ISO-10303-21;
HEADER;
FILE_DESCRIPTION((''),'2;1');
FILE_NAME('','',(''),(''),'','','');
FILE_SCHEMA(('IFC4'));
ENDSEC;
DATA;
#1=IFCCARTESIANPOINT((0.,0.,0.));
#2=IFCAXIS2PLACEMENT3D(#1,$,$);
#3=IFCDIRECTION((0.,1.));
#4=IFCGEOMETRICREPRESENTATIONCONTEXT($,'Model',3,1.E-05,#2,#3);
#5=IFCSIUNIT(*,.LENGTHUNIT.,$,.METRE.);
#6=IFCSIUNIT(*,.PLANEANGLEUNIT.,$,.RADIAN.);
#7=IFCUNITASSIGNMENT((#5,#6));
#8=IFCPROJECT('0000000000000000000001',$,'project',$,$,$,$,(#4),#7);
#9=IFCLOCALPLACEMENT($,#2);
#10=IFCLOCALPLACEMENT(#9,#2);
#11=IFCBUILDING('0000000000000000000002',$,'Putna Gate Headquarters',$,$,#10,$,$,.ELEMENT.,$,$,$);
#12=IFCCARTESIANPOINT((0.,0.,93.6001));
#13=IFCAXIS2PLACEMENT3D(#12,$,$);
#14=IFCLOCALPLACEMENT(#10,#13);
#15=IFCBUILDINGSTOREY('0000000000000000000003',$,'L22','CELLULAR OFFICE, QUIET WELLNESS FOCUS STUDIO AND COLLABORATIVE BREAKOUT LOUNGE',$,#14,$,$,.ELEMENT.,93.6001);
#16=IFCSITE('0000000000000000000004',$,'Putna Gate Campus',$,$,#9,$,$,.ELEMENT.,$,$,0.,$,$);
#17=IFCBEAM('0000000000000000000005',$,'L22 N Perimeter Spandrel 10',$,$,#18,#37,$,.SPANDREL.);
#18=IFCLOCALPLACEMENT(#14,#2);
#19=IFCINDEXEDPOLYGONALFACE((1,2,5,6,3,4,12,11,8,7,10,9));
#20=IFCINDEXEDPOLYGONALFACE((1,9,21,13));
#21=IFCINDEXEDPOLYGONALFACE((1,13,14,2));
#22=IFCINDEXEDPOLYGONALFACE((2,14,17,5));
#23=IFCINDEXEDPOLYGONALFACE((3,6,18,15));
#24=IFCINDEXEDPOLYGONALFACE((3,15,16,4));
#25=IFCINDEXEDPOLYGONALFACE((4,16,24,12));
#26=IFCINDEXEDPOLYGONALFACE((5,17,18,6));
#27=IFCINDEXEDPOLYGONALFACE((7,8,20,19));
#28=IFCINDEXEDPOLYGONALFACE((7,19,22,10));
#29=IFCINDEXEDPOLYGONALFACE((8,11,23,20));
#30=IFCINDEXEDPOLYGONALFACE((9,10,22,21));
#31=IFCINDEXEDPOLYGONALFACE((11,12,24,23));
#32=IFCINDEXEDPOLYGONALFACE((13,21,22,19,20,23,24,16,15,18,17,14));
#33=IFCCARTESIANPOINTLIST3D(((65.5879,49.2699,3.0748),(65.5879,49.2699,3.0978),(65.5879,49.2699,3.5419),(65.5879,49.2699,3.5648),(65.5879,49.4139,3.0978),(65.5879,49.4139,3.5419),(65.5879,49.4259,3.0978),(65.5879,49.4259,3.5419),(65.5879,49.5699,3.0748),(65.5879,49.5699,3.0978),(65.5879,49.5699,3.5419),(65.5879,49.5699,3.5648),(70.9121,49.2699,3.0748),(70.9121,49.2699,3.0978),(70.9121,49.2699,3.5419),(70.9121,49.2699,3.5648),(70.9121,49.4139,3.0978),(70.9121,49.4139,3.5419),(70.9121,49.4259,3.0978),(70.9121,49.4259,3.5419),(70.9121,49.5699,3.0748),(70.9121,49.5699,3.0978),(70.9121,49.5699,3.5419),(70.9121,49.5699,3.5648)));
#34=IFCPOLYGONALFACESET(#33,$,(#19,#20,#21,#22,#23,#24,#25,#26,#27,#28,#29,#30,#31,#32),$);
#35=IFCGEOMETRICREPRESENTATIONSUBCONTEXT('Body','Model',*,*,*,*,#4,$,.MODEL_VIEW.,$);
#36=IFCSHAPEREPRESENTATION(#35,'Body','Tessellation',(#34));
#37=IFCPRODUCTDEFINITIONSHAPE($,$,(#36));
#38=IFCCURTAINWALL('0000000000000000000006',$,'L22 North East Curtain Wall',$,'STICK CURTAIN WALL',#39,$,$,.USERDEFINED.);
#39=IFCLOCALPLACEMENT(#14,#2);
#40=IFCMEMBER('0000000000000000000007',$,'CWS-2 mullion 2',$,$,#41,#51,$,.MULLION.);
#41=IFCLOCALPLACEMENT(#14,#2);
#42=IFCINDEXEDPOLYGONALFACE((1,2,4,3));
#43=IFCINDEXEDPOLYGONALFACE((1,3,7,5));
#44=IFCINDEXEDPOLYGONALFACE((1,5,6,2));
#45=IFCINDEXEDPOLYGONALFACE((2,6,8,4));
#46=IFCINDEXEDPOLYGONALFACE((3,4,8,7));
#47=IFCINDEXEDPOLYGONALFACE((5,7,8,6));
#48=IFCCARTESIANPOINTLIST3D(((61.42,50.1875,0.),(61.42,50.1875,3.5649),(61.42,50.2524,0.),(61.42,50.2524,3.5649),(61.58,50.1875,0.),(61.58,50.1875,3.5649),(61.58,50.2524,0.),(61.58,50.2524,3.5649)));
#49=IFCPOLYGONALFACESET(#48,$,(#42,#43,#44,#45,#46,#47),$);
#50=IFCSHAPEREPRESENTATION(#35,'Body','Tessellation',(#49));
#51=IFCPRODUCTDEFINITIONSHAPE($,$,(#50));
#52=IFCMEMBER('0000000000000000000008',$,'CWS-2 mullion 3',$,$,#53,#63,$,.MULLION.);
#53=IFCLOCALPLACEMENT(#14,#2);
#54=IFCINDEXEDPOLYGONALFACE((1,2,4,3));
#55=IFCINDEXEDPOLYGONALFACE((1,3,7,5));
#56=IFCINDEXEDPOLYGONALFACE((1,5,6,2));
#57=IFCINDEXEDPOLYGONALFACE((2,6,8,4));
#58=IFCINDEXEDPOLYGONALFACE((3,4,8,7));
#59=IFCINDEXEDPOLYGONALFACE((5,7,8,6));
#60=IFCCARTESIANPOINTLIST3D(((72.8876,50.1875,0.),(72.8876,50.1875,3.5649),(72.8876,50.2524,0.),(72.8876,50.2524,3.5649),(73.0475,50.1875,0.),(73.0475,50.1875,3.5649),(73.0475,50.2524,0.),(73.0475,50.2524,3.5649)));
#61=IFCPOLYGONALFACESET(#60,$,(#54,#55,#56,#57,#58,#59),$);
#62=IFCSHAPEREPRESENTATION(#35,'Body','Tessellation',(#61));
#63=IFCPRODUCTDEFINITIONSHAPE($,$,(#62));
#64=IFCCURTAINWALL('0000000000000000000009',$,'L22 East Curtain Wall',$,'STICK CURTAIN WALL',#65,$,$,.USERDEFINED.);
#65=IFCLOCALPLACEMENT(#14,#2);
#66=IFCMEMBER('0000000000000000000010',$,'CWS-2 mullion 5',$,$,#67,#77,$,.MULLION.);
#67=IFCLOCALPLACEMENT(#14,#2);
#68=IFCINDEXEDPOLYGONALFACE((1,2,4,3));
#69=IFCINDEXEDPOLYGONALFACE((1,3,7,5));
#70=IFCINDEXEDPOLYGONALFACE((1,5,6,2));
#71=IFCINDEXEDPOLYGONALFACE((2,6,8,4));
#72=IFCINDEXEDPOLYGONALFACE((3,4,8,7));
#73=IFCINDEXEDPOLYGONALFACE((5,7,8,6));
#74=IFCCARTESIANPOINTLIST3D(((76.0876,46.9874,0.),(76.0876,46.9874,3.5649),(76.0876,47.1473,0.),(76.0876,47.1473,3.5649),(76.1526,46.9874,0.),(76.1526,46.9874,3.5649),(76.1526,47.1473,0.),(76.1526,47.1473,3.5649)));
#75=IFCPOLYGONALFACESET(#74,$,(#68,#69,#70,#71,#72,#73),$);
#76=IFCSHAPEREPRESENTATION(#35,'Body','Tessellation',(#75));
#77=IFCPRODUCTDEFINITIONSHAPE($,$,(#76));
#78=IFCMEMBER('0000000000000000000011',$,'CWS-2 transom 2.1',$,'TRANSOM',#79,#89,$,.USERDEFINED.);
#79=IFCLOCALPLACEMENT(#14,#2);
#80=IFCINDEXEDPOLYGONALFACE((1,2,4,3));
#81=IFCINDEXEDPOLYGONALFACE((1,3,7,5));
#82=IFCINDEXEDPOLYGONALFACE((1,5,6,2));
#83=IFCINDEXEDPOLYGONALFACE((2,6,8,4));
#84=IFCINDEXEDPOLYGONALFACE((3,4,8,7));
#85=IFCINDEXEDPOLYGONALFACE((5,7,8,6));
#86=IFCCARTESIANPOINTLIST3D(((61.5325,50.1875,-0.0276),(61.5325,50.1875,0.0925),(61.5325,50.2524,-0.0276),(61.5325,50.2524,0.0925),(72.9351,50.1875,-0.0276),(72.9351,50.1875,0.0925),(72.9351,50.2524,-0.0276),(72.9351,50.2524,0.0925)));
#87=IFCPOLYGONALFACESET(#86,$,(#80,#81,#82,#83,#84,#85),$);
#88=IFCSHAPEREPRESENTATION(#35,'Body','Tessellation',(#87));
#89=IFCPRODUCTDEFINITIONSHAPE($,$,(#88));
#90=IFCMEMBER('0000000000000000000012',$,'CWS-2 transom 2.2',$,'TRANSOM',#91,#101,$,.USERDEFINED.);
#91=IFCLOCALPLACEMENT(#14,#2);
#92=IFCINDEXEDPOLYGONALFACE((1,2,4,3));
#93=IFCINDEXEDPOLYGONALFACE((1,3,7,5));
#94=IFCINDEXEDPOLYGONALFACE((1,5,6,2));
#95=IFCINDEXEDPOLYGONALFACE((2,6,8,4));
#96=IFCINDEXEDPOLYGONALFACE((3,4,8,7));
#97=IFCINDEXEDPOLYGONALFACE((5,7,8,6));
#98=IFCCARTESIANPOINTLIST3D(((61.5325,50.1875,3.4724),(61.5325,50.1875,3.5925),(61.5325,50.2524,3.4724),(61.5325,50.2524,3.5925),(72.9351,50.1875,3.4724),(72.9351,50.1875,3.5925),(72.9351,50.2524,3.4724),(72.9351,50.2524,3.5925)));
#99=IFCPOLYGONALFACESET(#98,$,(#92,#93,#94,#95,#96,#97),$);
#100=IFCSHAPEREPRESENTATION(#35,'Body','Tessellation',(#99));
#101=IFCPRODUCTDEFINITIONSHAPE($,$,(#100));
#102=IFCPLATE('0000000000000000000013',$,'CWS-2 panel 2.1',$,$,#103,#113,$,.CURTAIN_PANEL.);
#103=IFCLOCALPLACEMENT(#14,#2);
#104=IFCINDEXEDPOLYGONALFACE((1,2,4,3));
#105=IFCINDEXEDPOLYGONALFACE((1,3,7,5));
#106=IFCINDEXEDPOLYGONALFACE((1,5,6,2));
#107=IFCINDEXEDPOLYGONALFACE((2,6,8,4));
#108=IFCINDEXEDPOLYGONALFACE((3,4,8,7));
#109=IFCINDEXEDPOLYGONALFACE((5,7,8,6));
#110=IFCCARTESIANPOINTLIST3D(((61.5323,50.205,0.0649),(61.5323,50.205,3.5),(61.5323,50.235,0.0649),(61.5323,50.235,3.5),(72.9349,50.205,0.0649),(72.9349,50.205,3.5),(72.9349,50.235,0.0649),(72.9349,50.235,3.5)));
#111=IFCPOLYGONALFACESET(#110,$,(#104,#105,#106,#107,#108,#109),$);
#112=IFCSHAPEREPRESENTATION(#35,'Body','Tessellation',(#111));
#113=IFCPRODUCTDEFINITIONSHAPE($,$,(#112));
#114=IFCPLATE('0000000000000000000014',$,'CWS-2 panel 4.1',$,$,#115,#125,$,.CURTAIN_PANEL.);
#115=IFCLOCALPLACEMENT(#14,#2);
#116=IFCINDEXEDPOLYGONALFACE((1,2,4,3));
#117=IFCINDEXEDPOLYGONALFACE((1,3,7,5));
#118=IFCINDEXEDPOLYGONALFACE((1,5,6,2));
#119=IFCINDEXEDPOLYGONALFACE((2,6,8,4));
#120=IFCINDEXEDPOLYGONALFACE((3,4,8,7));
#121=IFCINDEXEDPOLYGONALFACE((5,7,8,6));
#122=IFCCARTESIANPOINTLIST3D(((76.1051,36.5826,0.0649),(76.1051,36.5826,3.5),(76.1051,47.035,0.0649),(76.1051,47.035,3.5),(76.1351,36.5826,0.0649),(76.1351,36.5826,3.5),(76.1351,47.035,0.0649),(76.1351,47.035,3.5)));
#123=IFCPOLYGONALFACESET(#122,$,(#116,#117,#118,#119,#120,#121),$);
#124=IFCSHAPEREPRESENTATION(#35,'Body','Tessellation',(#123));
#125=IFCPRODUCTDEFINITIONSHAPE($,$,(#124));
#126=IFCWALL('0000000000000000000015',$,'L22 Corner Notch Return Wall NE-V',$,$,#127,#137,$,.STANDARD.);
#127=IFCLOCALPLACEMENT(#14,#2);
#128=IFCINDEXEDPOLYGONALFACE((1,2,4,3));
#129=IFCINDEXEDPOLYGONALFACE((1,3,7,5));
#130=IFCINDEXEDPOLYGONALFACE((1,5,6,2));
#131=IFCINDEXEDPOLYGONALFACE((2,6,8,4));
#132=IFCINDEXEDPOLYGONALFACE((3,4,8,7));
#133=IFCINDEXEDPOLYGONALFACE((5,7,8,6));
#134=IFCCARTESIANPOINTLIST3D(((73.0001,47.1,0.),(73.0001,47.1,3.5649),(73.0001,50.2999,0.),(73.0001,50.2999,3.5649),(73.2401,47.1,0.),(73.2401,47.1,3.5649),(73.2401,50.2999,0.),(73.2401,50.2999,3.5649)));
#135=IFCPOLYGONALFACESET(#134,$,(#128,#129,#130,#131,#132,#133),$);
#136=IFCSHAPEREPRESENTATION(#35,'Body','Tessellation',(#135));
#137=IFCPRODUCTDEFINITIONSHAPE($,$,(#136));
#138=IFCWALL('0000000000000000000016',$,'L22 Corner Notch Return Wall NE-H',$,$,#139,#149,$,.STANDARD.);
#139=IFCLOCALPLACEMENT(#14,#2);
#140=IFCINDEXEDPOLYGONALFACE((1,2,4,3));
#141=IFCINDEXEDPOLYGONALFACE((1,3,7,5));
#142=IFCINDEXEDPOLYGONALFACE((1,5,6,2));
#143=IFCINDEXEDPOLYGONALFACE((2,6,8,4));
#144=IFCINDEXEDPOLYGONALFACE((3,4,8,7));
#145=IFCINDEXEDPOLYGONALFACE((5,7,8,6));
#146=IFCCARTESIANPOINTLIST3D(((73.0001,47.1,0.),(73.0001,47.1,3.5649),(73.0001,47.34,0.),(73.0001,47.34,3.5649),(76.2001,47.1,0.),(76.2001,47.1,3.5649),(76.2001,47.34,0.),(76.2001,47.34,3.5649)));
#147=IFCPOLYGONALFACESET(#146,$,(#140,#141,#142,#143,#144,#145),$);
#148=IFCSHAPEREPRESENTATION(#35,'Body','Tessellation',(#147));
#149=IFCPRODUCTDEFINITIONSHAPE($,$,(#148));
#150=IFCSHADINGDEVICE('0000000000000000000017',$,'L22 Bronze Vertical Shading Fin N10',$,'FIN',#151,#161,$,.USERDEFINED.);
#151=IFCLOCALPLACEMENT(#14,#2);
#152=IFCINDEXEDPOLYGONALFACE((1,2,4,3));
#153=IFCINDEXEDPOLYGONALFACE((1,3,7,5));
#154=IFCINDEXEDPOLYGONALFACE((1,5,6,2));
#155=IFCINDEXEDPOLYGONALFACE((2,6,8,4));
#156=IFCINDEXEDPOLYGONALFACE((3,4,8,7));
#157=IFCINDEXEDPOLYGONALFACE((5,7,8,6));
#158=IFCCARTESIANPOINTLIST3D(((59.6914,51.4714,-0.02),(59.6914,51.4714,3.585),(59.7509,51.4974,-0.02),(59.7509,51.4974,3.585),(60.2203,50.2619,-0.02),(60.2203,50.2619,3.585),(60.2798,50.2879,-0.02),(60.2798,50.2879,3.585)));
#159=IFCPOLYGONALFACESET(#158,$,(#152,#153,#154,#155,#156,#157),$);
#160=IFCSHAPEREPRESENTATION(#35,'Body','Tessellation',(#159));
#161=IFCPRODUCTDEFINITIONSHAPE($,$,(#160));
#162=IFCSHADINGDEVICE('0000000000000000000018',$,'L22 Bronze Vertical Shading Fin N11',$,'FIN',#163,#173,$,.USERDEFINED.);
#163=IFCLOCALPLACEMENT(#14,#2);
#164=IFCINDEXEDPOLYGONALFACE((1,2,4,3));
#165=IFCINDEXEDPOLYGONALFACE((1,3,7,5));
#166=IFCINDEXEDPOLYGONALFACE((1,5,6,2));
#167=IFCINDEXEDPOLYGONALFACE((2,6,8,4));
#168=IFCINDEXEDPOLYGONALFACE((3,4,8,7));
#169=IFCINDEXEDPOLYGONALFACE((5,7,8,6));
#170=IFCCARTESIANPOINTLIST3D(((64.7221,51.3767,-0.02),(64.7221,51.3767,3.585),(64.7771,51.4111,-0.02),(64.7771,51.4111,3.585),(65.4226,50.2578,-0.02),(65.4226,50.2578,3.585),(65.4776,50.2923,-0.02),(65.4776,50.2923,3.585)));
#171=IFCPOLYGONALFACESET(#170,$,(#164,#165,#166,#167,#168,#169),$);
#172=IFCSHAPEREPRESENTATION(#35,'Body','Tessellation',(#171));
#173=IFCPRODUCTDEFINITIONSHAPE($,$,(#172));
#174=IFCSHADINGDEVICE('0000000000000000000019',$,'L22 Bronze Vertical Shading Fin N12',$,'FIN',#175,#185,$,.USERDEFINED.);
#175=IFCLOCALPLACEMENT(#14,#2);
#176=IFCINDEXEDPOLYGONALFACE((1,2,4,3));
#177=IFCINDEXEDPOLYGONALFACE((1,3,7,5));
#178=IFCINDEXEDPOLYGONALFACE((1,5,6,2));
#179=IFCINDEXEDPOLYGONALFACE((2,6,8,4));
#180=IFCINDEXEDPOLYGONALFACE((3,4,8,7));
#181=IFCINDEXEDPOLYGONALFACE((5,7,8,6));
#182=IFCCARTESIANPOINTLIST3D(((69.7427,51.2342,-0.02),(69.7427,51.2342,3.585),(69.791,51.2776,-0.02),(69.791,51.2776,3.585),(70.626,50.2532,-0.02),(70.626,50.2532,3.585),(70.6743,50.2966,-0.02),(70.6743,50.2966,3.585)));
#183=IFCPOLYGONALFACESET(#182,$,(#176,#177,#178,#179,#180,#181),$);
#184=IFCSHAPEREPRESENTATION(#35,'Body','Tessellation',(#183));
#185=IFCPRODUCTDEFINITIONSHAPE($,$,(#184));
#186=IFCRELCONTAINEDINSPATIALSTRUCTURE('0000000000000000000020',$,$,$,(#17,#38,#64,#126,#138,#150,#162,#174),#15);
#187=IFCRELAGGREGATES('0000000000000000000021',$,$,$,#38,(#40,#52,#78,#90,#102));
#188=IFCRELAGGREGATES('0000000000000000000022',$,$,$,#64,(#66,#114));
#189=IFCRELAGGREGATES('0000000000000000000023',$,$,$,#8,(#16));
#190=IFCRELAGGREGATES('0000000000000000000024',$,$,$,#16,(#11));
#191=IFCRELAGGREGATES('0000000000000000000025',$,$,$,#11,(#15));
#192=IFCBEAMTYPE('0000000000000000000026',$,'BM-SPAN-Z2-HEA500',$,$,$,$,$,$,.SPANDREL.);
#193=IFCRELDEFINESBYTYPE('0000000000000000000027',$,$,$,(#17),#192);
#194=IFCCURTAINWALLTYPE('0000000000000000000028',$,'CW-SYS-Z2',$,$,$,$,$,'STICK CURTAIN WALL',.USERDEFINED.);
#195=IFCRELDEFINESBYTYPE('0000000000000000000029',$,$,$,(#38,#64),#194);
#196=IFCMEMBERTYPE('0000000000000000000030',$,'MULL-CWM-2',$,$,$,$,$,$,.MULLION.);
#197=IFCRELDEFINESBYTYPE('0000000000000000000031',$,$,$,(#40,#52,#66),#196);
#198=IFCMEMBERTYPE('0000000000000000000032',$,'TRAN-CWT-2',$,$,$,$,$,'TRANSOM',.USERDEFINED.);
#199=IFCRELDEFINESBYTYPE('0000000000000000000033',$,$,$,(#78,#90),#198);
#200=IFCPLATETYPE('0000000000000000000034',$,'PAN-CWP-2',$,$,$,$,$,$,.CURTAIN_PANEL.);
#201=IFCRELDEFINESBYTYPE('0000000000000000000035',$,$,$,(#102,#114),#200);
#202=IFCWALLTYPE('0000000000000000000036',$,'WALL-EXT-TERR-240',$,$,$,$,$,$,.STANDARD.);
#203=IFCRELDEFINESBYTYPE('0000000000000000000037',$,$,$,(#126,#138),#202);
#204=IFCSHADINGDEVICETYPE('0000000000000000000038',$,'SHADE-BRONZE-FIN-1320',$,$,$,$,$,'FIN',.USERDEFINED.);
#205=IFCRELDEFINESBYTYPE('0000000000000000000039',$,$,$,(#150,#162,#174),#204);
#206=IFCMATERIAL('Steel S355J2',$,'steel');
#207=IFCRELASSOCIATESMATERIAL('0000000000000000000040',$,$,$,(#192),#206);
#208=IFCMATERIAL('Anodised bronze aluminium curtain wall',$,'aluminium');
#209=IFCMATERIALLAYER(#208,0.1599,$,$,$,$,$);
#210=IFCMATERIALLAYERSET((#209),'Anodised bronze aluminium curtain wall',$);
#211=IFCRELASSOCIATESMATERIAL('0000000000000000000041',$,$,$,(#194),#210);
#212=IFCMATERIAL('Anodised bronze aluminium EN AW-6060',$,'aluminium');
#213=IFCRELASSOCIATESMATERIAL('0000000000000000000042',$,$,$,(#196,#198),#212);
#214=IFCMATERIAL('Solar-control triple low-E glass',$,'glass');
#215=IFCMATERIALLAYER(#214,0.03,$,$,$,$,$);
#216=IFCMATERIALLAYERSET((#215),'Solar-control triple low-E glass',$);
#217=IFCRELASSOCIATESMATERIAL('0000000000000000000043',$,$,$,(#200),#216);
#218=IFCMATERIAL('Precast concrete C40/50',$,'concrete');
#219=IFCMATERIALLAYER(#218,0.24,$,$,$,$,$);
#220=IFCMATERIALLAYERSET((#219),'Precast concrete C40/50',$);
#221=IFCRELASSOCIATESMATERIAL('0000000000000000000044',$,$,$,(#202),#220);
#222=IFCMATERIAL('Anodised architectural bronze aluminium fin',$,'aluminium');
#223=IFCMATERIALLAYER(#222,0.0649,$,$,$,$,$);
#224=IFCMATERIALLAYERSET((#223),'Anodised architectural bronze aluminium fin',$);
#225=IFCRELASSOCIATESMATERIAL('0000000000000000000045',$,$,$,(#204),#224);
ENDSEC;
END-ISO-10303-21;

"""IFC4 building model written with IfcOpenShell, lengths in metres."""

from ifc_helpers import new_model, si_unit, direction, frame, frame_2d, origin, origin_2d, place, context, subcontext, project, spatial, rectangle, i_section, extrude, material, layer, layer_set, material_profile, profile_set, type_object, element, aggregate, save


model = new_model("IFC4")

# Units and contexts
model_context = context("Model", 3, precision=1e-05, world=origin(), true_north=direction((0.0, 1.0)))
body_context = subcontext(model_context, "Body", "Model", "MODEL_VIEW")
ifc_project = project(units=[si_unit("LENGTHUNIT", "METRE"), si_unit("PLANEANGLEUNIT", "RADIAN")], contexts=[model_context])

# Site, building, storey
site_placement = place(None, origin())
site = spatial("IfcSite", under=ifc_project, at=site_placement, Name="Putna Gate Campus", CompositionType="ELEMENT", RefElevation=0.0)
building_placement = place(site_placement, origin())
building = spatial("IfcBuilding", under=site, at=building_placement, Name="Putna Gate Headquarters", CompositionType="ELEMENT")
storey_placement = place(building_placement, frame((0.0, 0.0, 93.6001)))
storey = spatial("IfcBuildingStorey", under=building, at=storey_placement, Name="L22", Description="CELLULAR OFFICE, QUIET WELLNESS FOCUS STUDIO AND COLLABORATIVE BREAKOUT LOUNGE", CompositionType="ELEMENT", Elevation=93.6001)

# Beam
ifc_material_1 = material(Name="Steel S355J2", Category="steel")
ifc_material_profile_1 = material_profile(ifc_material_1, i_section(OverallWidth=0.3, OverallDepth=0.49, WebThickness=0.012, FlangeThickness=0.0229, at=origin_2d()), Name="Steel S355J2")
ifc_profile_set_1 = profile_set([ifc_material_profile_1], Name="Steel S355J2")
beam_type_1 = type_object("IfcBeamType", Name="BM-SPAN-Z2-HEA500", PredefinedType="SPANDREL", material=ifc_profile_set_1)
for number, where, z_axis, x_axis, name in (
    (1, (65.5879, 49.4199, 3.3198), (1.0, 0.0, 0.0), (0.0, 1.0, 0.0), "L22 N Perimeter Spandrel 10"),
):
    element("IfcBeam", number, at=place(storey_placement, frame(where, z_axis=z_axis, x_axis=x_axis)), inside=storey, type_object=beam_type_1, Name=name, PredefinedType="SPANDREL", context=body_context, shape_type="SweptSolid", body=[
        extrude(i_section(OverallWidth=0.3, OverallDepth=0.49, WebThickness=0.012, FlangeThickness=0.0229, at=origin_2d()), origin(), (0.0, 0.0, 1.0), 5.3242),
    ])

# Curtain wall, members
ifc_material_2 = material(Name="Anodised bronze aluminium curtain wall", Category="aluminium")
ifc_layer_1 = layer(ifc_material_2, 0.1599)
ifc_layer_set_1 = layer_set([ifc_layer_1], Name="Anodised bronze aluminium curtain wall")
curtain_wall_type = type_object("IfcCurtainWallType", Name="CW-SYS-Z2", ElementType="STICK CURTAIN WALL", PredefinedType="USERDEFINED", material=ifc_layer_set_1)
curtain_wall_1_placement = place(storey_placement, origin())
curtain_wall_1 = element("IfcCurtainWall", 2, at=curtain_wall_1_placement, inside=storey, type_object=curtain_wall_type, Name="L22 North East Curtain Wall", ObjectType="STICK CURTAIN WALL", PredefinedType="USERDEFINED")
ifc_material_3 = material(Name="Anodised bronze aluminium EN AW-6060", Category="aluminium")
ifc_material_profile_2 = material_profile(ifc_material_3, rectangle(XDim=0.0649, YDim=0.1599, at=origin_2d()), Name="Anodised bronze aluminium EN AW-6060")
ifc_profile_set_2 = profile_set([ifc_material_profile_2], Name="Anodised bronze aluminium EN AW-6060")
member_type_1 = type_object("IfcMemberType", Name="MULL-CWM-2", PredefinedType="MULLION", material=ifc_profile_set_2)
member_1_placement = place(storey_placement, frame((61.5, 50.22, 0.0), z_axis=(0.0, 0.0, 1.0), x_axis=(0.0, 1.0, 0.0)))
member_1 = element("IfcMember", 3, at=member_1_placement, type_object=member_type_1, Name="CWS-2 mullion 2", PredefinedType="MULLION", context=body_context, shape_type="SweptSolid", body=[
    extrude(rectangle(XDim=0.0649, YDim=0.1599, at=origin_2d()), origin(), (0.0, 0.0, 1.0), 3.5649),
])
member_2_placement = place(storey_placement, frame((72.9675, 50.22, 0.0), z_axis=(0.0, 0.0, 1.0), x_axis=(0.0, 1.0, 0.0)))
member_2 = element("IfcMember", 4, at=member_2_placement, type_object=member_type_1, Name="CWS-2 mullion 3", PredefinedType="MULLION", context=body_context, shape_type="SweptSolid", body=[
    extrude(rectangle(XDim=0.0649, YDim=0.1599, at=origin_2d()), origin(), (0.0, 0.0, 1.0), 3.5649),
])

# Curtain wall, member
curtain_wall_2_placement = place(storey_placement, origin())
curtain_wall_2 = element("IfcCurtainWall", 5, at=curtain_wall_2_placement, inside=storey, type_object=curtain_wall_type, Name="L22 East Curtain Wall", ObjectType="STICK CURTAIN WALL", PredefinedType="USERDEFINED")
member_3_placement = place(storey_placement, frame((76.1201, 47.0674, 0.0), z_axis=(0.0, 0.0, 1.0), x_axis=(-1.0, 0.0, 0.0)))
member_3 = element("IfcMember", 6, at=member_3_placement, type_object=member_type_1, Name="CWS-2 mullion 5", PredefinedType="MULLION", context=body_context, shape_type="SweptSolid", body=[
    extrude(rectangle(XDim=0.0649, YDim=0.1599, at=origin_2d()), origin(), (0.0, 0.0, 1.0), 3.5649),
])

# Members
ifc_material_profile_3 = material_profile(ifc_material_3, rectangle(XDim=0.0649, YDim=0.1201, at=origin_2d()), Name="Anodised bronze aluminium EN AW-6060")
ifc_profile_set_3 = profile_set([ifc_material_profile_3], Name="Anodised bronze aluminium EN AW-6060")
member_type_2 = type_object("IfcMemberType", Name="TRAN-CWT-2", ElementType="TRANSOM", PredefinedType="USERDEFINED", material=ifc_profile_set_3)
member_4_placement = place(storey_placement, frame((61.5325, 50.22, 0.0325), z_axis=(1.0, 0.0, 0.0), x_axis=(0.0, 1.0, 0.0)))
member_4 = element("IfcMember", 7, at=member_4_placement, type_object=member_type_2, Name="CWS-2 transom 2.1", ObjectType="TRANSOM", PredefinedType="USERDEFINED", context=body_context, shape_type="SweptSolid", body=[
    extrude(rectangle(XDim=0.0649, YDim=0.1201, at=origin_2d()), origin(), (0.0, 0.0, 1.0), 11.4026),
])
member_5_placement = place(storey_placement, frame((61.5325, 50.22, 3.5325), z_axis=(1.0, 0.0, 0.0), x_axis=(0.0, 1.0, 0.0)))
member_5 = element("IfcMember", 8, at=member_5_placement, type_object=member_type_2, Name="CWS-2 transom 2.2", ObjectType="TRANSOM", PredefinedType="USERDEFINED", context=body_context, shape_type="SweptSolid", body=[
    extrude(rectangle(XDim=0.0649, YDim=0.1201, at=origin_2d()), origin(), (0.0, 0.0, 1.0), 11.4026),
])

# Plates
ifc_material_4 = material(Name="Solar-control triple low-E glass", Category="glass")
ifc_layer_2 = layer(ifc_material_4, 0.03)
ifc_layer_set_2 = layer_set([ifc_layer_2], Name="Solar-control triple low-E glass")
plate_type = type_object("IfcPlateType", Name="PAN-CWP-2", PredefinedType="CURTAIN_PANEL", material=ifc_layer_set_2)
plate_1_placement = place(storey_placement, frame((67.2336, 50.22, 0.0649), z_axis=(0.0, 0.0, 1.0), x_axis=(1.0, 0.0, 0.0)))
plate_1 = element("IfcPlate", 9, at=plate_1_placement, type_object=plate_type, Name="CWS-2 panel 2.1", PredefinedType="CURTAIN_PANEL", context=body_context, shape_type="SweptSolid", body=[
    extrude(rectangle(XDim=11.4026, YDim=0.03, at=origin_2d()), origin(), (0.0, 0.0, 1.0), 3.4351),
])
aggregate(curtain_wall_1, [member_1, member_2, member_4, member_5, plate_1])
plate_2_placement = place(storey_placement, frame((76.1201, 41.8088, 0.0649), z_axis=(0.0, 0.0, 1.0), x_axis=(0.0, 1.0, 0.0)))
plate_2 = element("IfcPlate", 10, at=plate_2_placement, type_object=plate_type, Name="CWS-2 panel 4.1", PredefinedType="CURTAIN_PANEL", context=body_context, shape_type="SweptSolid", body=[
    extrude(rectangle(XDim=10.4524, YDim=0.03, at=origin_2d()), origin(), (0.0, 0.0, 1.0), 3.4351),
])
aggregate(curtain_wall_2, [member_3, plate_2])

# Walls
ifc_material_5 = material(Name="Precast concrete C40/50", Category="concrete")
ifc_layer_3 = layer(ifc_material_5, 0.24)
ifc_layer_set_3 = layer_set([ifc_layer_3], Name="Precast concrete C40/50")
wall_type = type_object("IfcWallType", Name="WALL-EXT-TERR-240", PredefinedType="STANDARD", material=ifc_layer_set_3)
for number, where, z_axis, x_axis, name in (
    (11, (73.1201, 50.3, 0.0), (0.0, 0.0, 1.0), (0.0, -1.0, 0.0), "L22 Corner Notch Return Wall NE-V"),
    (12, (73.0, 47.22, 0.0), (0.0, 0.0, 1.0), (1.0, 0.0, 0.0), "L22 Corner Notch Return Wall NE-H"),
):
    element("IfcWall", number, at=place(storey_placement, frame(where, z_axis=z_axis, x_axis=x_axis)), inside=storey, type_object=wall_type, Name=name, PredefinedType="STANDARD", context=body_context, shape_type="SweptSolid", body=[
        extrude(rectangle(XDim=3.2, YDim=0.24, at=frame_2d((1.6001, 0.0))), origin(), (0.0, 0.0, 1.0), 3.5649),
    ])

# Shading devices
ifc_material_6 = material(Name="Anodised architectural bronze aluminium fin", Category="aluminium")
ifc_layer_4 = layer(ifc_material_6, 0.0649)
ifc_layer_set_4 = layer_set([ifc_layer_4], Name="Anodised architectural bronze aluminium fin")
shading_device_type = type_object("IfcShadingDeviceType", Name="SHADE-BRONZE-FIN-1320", ElementType="FIN", PredefinedType="USERDEFINED", material=ifc_layer_set_4)
for number, where, z_axis, x_axis, name in (
    (13, (59.9856, 50.8796, -0.02), (0.0, 0.0, 1.0), (-0.400669, 0.916223, 0.0), "L22 Bronze Vertical Shading Fin N10"),
    (14, (65.0999, 50.8345, -0.02), (0.0, 0.0, 1.0), (-0.530659, 0.847585, 0.0), "L22 Bronze Vertical Shading Fin N11"),
    (15, (70.2085, 50.7654, -0.02), (0.0, 0.0, 1.0), (-0.669131, 0.743145, 0.0), "L22 Bronze Vertical Shading Fin N12"),
):
    element("IfcShadingDevice", number, at=place(storey_placement, frame(where, z_axis=z_axis, x_axis=x_axis)), inside=storey, type_object=shading_device_type, Name=name, ObjectType="FIN", PredefinedType="USERDEFINED", context=body_context, shape_type="SweptSolid", body=[
        extrude(rectangle(XDim=1.3201, YDim=0.0649, at=origin_2d()), origin(), (0.0, 0.0, 1.0), 3.605),
    ])

save(model, "model.ifc")
